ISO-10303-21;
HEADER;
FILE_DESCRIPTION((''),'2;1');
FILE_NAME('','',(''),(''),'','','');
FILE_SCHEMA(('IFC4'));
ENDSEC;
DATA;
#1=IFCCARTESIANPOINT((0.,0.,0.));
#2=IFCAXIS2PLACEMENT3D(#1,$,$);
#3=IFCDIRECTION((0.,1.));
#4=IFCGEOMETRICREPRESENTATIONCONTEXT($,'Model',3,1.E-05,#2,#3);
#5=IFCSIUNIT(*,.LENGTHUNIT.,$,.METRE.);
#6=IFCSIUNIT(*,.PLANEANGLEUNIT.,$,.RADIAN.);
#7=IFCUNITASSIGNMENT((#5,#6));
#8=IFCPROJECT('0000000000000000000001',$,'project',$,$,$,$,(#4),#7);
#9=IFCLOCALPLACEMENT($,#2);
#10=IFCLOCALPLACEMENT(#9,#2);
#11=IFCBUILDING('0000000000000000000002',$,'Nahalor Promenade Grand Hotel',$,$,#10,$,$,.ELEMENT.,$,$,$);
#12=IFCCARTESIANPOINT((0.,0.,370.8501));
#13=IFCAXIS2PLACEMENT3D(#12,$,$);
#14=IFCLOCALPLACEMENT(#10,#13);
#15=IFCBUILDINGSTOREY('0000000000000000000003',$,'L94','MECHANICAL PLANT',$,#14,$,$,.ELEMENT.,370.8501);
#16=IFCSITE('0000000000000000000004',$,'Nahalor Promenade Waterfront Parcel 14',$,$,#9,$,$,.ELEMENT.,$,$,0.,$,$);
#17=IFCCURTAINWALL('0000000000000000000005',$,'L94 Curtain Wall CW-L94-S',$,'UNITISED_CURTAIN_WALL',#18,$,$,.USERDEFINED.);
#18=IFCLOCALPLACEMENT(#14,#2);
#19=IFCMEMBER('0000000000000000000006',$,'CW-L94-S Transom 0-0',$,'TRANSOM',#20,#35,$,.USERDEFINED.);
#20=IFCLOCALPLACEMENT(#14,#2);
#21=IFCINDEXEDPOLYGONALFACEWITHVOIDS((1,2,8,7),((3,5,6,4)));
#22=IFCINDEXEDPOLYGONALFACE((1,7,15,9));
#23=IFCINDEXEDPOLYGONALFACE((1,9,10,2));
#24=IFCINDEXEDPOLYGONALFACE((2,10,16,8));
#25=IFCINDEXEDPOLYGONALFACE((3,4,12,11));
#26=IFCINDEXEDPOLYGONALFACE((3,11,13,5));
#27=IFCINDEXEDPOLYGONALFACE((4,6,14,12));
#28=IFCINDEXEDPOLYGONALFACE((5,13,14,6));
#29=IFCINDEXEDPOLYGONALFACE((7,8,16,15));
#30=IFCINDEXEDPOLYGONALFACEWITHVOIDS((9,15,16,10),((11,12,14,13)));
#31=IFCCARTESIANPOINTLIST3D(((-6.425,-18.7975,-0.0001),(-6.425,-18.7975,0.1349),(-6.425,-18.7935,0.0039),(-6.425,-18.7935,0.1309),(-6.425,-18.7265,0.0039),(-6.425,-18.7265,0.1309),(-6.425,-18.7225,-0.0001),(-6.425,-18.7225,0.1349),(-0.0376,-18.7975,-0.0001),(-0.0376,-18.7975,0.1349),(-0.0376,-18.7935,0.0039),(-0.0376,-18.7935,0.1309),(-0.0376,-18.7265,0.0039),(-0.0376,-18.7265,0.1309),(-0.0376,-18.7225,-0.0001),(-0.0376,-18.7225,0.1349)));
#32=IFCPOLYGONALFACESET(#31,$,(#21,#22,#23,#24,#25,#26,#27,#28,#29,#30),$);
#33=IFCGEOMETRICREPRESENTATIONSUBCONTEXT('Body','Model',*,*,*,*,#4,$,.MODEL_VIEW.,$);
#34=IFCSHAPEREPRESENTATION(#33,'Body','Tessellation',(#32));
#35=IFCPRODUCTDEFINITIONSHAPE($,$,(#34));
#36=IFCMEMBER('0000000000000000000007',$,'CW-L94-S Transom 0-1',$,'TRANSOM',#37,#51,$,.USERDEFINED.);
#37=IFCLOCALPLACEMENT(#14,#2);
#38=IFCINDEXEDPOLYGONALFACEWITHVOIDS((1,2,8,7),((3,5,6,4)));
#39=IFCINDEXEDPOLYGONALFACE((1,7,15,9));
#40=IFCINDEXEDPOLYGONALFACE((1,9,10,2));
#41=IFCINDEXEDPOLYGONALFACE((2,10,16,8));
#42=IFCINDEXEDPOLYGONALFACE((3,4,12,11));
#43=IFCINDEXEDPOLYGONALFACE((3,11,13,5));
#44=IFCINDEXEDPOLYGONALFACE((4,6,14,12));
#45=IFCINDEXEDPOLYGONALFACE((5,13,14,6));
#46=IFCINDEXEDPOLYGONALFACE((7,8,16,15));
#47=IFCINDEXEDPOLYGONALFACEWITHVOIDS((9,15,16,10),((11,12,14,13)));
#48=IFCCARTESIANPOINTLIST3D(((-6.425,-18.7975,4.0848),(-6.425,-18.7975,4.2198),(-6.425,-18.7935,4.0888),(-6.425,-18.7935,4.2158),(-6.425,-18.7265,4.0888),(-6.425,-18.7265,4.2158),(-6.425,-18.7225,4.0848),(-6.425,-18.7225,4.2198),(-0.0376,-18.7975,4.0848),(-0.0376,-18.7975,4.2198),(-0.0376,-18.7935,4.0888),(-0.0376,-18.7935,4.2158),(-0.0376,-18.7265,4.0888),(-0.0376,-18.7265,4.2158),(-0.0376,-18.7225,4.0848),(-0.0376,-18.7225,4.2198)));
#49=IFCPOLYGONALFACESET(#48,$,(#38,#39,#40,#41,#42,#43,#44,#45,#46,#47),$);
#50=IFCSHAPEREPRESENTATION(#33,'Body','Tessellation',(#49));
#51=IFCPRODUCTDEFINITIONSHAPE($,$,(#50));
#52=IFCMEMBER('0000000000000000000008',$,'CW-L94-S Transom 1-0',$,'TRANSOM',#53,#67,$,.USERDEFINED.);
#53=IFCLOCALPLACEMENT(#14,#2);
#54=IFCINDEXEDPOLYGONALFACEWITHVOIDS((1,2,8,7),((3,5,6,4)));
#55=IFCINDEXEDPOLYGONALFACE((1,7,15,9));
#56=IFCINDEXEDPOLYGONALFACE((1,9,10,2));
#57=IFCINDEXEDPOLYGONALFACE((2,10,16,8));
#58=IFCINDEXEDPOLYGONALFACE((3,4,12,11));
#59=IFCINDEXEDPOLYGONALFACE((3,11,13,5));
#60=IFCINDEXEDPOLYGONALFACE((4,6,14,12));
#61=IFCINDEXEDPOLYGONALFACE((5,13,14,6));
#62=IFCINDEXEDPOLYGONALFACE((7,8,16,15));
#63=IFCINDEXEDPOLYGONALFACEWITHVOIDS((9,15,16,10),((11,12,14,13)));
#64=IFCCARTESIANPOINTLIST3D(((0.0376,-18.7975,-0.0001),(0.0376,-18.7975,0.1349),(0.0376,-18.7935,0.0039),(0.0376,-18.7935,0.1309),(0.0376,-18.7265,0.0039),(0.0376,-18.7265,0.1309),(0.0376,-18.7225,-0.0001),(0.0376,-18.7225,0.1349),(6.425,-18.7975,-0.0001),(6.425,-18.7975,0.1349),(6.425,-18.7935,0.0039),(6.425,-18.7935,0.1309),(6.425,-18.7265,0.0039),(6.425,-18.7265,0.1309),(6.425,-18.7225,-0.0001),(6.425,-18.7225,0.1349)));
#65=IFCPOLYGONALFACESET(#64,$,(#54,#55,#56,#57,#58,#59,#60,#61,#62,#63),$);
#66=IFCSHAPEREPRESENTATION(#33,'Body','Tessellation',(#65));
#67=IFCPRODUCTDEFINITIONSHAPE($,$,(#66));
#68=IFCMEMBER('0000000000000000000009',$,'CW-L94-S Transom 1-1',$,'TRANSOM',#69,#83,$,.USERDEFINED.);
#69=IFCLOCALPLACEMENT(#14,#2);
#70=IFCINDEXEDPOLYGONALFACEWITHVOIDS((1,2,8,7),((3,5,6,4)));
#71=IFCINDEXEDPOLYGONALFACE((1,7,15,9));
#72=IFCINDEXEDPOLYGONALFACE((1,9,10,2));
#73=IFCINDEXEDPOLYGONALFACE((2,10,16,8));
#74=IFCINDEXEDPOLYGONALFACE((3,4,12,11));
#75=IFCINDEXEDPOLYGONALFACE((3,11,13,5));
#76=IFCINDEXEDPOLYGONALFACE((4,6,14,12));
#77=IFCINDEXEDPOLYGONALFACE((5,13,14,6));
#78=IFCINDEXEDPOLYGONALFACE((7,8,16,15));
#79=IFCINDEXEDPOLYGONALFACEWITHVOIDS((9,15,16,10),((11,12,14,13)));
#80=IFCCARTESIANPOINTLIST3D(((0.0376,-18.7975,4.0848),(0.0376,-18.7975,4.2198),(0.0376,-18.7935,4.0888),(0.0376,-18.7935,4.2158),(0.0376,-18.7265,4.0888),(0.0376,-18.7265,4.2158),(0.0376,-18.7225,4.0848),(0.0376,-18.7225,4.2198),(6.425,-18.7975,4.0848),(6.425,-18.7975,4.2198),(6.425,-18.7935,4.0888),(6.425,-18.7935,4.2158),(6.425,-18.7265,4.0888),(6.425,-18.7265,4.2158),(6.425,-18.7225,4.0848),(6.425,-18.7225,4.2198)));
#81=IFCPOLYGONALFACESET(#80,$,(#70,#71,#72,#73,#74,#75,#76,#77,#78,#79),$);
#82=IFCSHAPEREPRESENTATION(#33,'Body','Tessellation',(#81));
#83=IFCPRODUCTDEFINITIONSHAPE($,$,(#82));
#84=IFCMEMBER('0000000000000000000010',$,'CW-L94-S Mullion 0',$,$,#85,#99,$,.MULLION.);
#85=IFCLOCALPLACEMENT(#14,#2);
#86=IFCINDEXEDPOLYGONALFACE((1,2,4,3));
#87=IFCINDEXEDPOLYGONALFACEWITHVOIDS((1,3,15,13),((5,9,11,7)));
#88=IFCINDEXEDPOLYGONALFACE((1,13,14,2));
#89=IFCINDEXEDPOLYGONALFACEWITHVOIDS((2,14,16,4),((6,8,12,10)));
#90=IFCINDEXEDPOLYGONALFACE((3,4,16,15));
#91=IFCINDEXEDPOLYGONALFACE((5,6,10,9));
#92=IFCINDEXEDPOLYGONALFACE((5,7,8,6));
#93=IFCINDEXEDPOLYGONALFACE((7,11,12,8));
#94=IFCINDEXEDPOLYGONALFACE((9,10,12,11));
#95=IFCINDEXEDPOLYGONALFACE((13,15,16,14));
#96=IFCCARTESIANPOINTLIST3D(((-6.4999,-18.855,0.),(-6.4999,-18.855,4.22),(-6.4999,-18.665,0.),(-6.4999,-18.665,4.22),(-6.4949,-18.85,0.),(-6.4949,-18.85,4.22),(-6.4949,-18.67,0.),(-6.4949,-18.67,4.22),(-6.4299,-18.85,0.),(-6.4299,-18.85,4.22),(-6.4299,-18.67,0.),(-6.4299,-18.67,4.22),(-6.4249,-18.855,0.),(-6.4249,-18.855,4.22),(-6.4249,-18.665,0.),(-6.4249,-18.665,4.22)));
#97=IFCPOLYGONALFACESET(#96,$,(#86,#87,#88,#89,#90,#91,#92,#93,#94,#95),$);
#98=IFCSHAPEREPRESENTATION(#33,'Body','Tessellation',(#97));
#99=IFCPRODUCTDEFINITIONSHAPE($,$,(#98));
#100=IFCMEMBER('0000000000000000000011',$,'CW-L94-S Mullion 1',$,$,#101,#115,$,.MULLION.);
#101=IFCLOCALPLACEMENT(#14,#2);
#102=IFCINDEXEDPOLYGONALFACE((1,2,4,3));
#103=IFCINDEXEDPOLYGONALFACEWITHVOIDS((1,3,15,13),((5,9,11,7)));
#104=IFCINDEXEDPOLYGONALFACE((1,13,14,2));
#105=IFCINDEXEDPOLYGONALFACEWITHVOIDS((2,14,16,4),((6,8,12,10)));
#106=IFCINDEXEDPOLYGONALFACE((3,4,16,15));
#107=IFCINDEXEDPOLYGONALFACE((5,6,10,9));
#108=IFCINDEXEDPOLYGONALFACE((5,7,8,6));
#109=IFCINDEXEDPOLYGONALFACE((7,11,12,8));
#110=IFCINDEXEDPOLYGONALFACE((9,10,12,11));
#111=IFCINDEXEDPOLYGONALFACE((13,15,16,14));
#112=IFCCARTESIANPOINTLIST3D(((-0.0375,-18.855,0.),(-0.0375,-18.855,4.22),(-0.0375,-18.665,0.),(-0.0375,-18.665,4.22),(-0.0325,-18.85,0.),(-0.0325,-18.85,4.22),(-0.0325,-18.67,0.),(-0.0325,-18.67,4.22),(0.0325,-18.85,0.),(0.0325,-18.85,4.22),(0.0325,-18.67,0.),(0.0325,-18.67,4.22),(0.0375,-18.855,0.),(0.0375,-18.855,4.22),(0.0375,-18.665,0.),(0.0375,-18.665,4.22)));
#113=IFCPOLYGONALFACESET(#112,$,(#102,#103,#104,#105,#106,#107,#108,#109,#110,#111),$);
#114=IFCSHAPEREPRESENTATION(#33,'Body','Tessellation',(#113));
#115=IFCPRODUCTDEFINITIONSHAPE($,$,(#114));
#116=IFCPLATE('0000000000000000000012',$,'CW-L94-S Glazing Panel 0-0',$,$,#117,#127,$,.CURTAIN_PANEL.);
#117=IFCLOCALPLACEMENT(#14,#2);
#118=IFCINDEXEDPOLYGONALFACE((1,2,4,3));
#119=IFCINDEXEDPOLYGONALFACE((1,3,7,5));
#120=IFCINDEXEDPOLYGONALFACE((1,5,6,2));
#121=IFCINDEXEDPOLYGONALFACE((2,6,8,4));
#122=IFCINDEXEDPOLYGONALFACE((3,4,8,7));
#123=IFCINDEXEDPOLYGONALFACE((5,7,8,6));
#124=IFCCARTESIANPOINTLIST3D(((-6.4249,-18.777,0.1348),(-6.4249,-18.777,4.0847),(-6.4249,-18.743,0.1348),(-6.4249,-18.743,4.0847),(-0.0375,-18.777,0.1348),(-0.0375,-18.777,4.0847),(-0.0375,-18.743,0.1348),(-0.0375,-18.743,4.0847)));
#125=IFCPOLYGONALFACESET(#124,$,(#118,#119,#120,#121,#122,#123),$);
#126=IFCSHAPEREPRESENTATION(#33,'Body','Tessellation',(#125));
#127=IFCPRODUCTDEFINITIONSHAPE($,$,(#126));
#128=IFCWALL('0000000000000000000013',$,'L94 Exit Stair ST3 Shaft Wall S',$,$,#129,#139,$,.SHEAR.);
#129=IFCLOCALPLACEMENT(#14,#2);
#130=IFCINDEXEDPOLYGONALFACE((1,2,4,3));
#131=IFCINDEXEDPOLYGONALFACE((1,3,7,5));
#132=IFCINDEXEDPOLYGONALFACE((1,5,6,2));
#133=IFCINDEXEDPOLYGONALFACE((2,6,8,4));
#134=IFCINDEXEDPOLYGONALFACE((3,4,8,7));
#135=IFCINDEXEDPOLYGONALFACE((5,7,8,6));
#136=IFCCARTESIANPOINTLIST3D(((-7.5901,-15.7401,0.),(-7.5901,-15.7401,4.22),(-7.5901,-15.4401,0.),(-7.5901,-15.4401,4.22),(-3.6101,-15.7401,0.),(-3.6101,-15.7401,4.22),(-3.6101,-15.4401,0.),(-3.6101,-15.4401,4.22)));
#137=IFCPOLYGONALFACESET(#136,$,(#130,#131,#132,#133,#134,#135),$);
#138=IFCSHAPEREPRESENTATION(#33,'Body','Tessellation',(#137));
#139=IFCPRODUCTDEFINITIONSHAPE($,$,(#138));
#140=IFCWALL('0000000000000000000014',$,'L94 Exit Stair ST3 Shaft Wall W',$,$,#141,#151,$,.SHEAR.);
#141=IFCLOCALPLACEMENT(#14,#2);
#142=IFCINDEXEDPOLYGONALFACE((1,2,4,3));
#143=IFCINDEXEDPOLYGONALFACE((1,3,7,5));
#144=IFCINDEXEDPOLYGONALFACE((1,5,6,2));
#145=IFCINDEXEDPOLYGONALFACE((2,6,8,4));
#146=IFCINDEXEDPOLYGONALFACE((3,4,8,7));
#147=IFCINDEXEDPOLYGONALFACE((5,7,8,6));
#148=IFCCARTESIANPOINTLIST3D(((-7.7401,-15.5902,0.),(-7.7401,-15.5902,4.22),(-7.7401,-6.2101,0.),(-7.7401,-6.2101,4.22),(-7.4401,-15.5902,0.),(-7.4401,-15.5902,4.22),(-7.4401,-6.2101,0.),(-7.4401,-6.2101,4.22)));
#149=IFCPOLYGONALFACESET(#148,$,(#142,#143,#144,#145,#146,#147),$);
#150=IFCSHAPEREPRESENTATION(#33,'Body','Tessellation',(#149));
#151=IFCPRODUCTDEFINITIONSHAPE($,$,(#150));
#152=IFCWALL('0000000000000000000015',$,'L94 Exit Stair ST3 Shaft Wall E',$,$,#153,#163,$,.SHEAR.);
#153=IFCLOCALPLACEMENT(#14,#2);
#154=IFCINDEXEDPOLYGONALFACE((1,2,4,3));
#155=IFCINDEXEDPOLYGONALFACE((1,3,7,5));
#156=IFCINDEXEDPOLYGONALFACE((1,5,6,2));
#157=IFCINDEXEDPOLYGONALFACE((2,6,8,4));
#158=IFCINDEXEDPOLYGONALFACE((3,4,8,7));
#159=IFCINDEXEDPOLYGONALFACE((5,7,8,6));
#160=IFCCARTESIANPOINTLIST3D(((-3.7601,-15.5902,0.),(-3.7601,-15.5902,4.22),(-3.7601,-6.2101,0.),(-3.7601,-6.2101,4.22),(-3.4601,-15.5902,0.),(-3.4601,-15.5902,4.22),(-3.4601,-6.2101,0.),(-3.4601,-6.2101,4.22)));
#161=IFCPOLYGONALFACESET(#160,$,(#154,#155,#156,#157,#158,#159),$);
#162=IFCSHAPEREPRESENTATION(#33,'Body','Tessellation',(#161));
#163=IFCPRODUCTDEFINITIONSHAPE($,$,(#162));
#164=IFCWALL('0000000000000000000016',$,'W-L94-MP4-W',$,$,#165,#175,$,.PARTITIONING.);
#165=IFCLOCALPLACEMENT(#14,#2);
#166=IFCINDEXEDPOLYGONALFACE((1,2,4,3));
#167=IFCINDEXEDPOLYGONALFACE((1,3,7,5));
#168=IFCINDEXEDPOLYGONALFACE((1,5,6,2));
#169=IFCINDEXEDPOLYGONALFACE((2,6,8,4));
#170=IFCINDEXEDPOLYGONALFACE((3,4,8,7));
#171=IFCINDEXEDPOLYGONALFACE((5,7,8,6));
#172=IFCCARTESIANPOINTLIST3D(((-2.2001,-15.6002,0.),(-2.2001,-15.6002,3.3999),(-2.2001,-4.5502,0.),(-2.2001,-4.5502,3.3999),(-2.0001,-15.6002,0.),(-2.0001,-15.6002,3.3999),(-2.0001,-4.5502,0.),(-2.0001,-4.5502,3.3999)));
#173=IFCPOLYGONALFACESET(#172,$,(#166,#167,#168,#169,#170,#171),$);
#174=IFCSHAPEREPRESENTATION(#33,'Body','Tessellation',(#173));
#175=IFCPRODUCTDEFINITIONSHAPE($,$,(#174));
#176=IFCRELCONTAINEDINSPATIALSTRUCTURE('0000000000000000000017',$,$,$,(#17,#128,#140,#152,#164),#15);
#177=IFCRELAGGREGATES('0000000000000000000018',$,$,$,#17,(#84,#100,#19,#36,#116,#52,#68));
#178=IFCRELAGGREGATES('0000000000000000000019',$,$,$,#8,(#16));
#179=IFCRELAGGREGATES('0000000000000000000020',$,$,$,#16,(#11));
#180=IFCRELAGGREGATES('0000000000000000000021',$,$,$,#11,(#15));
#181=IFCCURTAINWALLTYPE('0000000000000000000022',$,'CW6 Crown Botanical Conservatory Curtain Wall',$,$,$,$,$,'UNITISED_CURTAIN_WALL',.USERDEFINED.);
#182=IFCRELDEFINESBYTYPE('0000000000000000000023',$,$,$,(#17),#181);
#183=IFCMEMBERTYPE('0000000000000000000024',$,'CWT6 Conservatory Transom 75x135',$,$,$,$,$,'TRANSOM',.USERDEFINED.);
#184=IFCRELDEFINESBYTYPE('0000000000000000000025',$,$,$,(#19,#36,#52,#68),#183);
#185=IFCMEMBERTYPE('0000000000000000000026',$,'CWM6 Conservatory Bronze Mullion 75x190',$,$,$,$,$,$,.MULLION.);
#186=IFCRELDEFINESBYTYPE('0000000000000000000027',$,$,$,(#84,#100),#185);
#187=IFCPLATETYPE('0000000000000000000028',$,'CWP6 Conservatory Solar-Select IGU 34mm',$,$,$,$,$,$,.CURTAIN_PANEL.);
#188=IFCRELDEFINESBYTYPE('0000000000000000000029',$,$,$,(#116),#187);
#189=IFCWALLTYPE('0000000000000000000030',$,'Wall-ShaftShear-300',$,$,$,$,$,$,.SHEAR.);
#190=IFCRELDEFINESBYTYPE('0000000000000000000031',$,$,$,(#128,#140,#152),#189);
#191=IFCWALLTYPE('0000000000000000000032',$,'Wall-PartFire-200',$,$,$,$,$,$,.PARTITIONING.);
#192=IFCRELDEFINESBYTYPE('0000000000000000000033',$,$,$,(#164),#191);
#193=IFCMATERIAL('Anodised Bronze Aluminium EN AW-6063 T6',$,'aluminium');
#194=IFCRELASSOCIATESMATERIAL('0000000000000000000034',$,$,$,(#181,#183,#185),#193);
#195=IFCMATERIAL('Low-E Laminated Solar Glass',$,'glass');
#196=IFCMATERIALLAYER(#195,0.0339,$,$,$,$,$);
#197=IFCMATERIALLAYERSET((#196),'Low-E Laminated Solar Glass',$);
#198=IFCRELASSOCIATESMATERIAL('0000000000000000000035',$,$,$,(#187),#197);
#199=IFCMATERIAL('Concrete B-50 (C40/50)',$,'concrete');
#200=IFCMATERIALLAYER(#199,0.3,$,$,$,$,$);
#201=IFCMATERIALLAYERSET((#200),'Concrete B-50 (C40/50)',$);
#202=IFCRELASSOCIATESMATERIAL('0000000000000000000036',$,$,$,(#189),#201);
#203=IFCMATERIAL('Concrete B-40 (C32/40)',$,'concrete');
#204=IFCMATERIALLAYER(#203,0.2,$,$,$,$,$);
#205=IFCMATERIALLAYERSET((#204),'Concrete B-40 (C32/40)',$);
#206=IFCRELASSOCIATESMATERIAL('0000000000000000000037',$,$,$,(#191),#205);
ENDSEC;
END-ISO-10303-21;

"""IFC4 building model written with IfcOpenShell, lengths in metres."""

from ifc_helpers import new_model, si_unit, direction, frame, frame_2d, origin, origin_2d, place, context, subcontext, project, spatial, rectangle, hollow_rectangle, extrude, source, transform, mapped, material, layer, layer_set, material_profile, profile_set, type_object, element, aggregate, save


model = new_model("IFC4")

# Units and contexts
model_context = context("Model", 3, precision=1e-05, world=origin(), true_north=direction((0.0, 1.0)))
body_context = subcontext(model_context, "Body", "Model", "MODEL_VIEW")
ifc_project = project(units=[si_unit("LENGTHUNIT", "METRE"), si_unit("PLANEANGLEUNIT", "RADIAN")], contexts=[model_context])

# Site, building, storey
site_placement = place(None, origin())
site = spatial("IfcSite", under=ifc_project, at=site_placement, Name="Nahalor Promenade Waterfront Parcel 14", CompositionType="ELEMENT", RefElevation=0.0)
building_placement = place(site_placement, origin())
building = spatial("IfcBuilding", under=site, at=building_placement, Name="Nahalor Promenade Grand Hotel", CompositionType="ELEMENT")
storey_placement = place(building_placement, frame((0.0, 0.0, 370.8501)))
storey = spatial("IfcBuildingStorey", under=building, at=storey_placement, Name="L94", Description="MECHANICAL PLANT", CompositionType="ELEMENT", Elevation=370.8501)

# Shared definitions
ifc_material_1 = material(Name="Concrete B-50 (C40/50)", Category="concrete")

# Curtain wall, members, plate
ifc_material_2 = material(Name="Anodised Bronze Aluminium EN AW-6063 T6", Category="aluminium")
curtain_wall_type = type_object("IfcCurtainWallType", Name="CW6 Crown Botanical Conservatory Curtain Wall", ElementType="UNITISED_CURTAIN_WALL", PredefinedType="USERDEFINED", material=ifc_material_2)
curtain_wall_placement = place(storey_placement, origin())
curtain_wall = element("IfcCurtainWall", 1, at=curtain_wall_placement, inside=storey, type_object=curtain_wall_type, Name="L94 Curtain Wall CW-L94-S", ObjectType="UNITISED_CURTAIN_WALL", PredefinedType="USERDEFINED")
ifc_material_profile_1 = material_profile(ifc_material_2, hollow_rectangle(XDim=0.075, YDim=0.135, WallThickness=0.004, at=origin_2d()), Name="CWT 75x135x4")
ifc_profile_set_1 = profile_set([ifc_material_profile_1], Name="Anodised Bronze Aluminium EN AW-6063 T6")
member_type_1 = type_object("IfcMemberType", Name="CWT6 Conservatory Transom 75x135", ElementType="TRANSOM", PredefinedType="USERDEFINED", material=ifc_profile_set_1)
shared_shape_1 = source(origin(), body_context, "Body", "SweptSolid", [
    extrude(hollow_rectangle(XDim=0.075, YDim=0.135, WallThickness=0.004, at=origin_2d()), origin(), (0.0, 0.0, 1.0), 6.3875),
])
member_1_placement = place(storey_placement, frame((-6.425, -18.76, 0.0674), z_axis=(1.0, 0.0, 0.0), x_axis=(0.0, 1.0, 0.0)))
member_1 = element("IfcMember", 2, at=member_1_placement, type_object=member_type_1, Name="CW-L94-S Transom 0-0", ObjectType="TRANSOM", PredefinedType="USERDEFINED", context=body_context, shape_type="MappedRepresentation", body=[
    mapped(shared_shape_1, transform((0.0, 0.0, 0.0), scale=1.0)),
])
member_2_placement = place(storey_placement, frame((-6.425, -18.76, 4.1523), z_axis=(1.0, 0.0, 0.0), x_axis=(0.0, 1.0, 0.0)))
member_2 = element("IfcMember", 3, at=member_2_placement, type_object=member_type_1, Name="CW-L94-S Transom 0-1", ObjectType="TRANSOM", PredefinedType="USERDEFINED", context=body_context, shape_type="MappedRepresentation", body=[
    mapped(shared_shape_1, transform((0.0, 0.0, 0.0), scale=1.0)),
])
member_3_placement = place(storey_placement, frame((0.0376, -18.76, 0.0674), z_axis=(1.0, 0.0, 0.0), x_axis=(0.0, 1.0, 0.0)))
member_3 = element("IfcMember", 4, at=member_3_placement, type_object=member_type_1, Name="CW-L94-S Transom 1-0", ObjectType="TRANSOM", PredefinedType="USERDEFINED", context=body_context, shape_type="MappedRepresentation", body=[
    mapped(shared_shape_1, transform((0.0, 0.0, 0.0), scale=1.0)),
])
member_4_placement = place(storey_placement, frame((0.0376, -18.76, 4.1523), z_axis=(1.0, 0.0, 0.0), x_axis=(0.0, 1.0, 0.0)))
member_4 = element("IfcMember", 5, at=member_4_placement, type_object=member_type_1, Name="CW-L94-S Transom 1-1", ObjectType="TRANSOM", PredefinedType="USERDEFINED", context=body_context, shape_type="MappedRepresentation", body=[
    mapped(shared_shape_1, transform((0.0, 0.0, 0.0), scale=1.0)),
])
ifc_material_profile_2 = material_profile(ifc_material_2, hollow_rectangle(XDim=0.075, YDim=0.19, WallThickness=0.005, at=origin_2d()), Name="CWM 75x190x5")
ifc_profile_set_2 = profile_set([ifc_material_profile_2], Name="Anodised Bronze Aluminium EN AW-6063 T6")
member_type_2 = type_object("IfcMemberType", Name="CWM6 Conservatory Bronze Mullion 75x190", PredefinedType="MULLION", material=ifc_profile_set_2)
shared_shape_2 = source(origin(), body_context, "Body", "SweptSolid", [
    extrude(hollow_rectangle(XDim=0.075, YDim=0.19, WallThickness=0.005, at=origin_2d()), origin(), (0.0, 0.0, 1.0), 4.22),
])
member_5_placement = place(storey_placement, frame((-6.4624, -18.76, 0.0), z_axis=(0.0, 0.0, 1.0), x_axis=(1.0, 0.0, 0.0)))
member_5 = element("IfcMember", 6, at=member_5_placement, type_object=member_type_2, Name="CW-L94-S Mullion 0", PredefinedType="MULLION", context=body_context, shape_type="MappedRepresentation", body=[
    mapped(shared_shape_2, transform((0.0, 0.0, 0.0), scale=1.0)),
])
member_6_placement = place(storey_placement, frame((0.0, -18.76, 0.0), z_axis=(0.0, 0.0, 1.0), x_axis=(1.0, 0.0, 0.0)))
member_6 = element("IfcMember", 7, at=member_6_placement, type_object=member_type_2, Name="CW-L94-S Mullion 1", PredefinedType="MULLION", context=body_context, shape_type="MappedRepresentation", body=[
    mapped(shared_shape_2, transform((0.0, 0.0, 0.0), scale=1.0)),
])
ifc_material_3 = material(Name="Low-E Laminated Solar Glass", Category="glass")
ifc_layer_1 = layer(ifc_material_3, 0.0339)
ifc_layer_set_1 = layer_set([ifc_layer_1], Name="Low-E Laminated Solar Glass")
plate_type = type_object("IfcPlateType", Name="CWP6 Conservatory Solar-Select IGU 34mm", PredefinedType="CURTAIN_PANEL", material=ifc_layer_set_1)
shared_shape_3 = source(origin(), body_context, "Body", "SweptSolid", [
    extrude(rectangle(XDim=6.3875, YDim=0.0339, at=origin_2d()), origin(), (0.0, 0.0, 1.0), 3.95),
])
plate_placement = place(storey_placement, frame((-3.2312, -18.76, 0.1348), z_axis=(0.0, 0.0, 1.0), x_axis=(1.0, 0.0, 0.0)))
plate = element("IfcPlate", 8, at=plate_placement, type_object=plate_type, Name="CW-L94-S Glazing Panel 0-0", PredefinedType="CURTAIN_PANEL", context=body_context, shape_type="MappedRepresentation", body=[
    mapped(shared_shape_3, transform((0.0, 0.0, 0.0), scale=1.0)),
])
aggregate(curtain_wall, [member_5, member_6, member_1, member_2, plate, member_3, member_4])

# Wall
ifc_layer_2 = layer(ifc_material_1, 0.3)
ifc_layer_set_2 = layer_set([ifc_layer_2], Name="Concrete B-50 (C40/50)")
wall_type_1 = type_object("IfcWallType", Name="Wall-ShaftShear-300", PredefinedType="SHEAR", material=ifc_layer_set_2)
shared_shape_4 = source(origin(), body_context, "Body", "SweptSolid", [
    extrude(rectangle(XDim=3.98, YDim=0.3, at=frame_2d((1.99, 0.0))), origin(), (0.0, 0.0, 1.0), 4.22),
])
wall_1_placement = place(storey_placement, frame((-7.5901, -15.5901, 0.0), z_axis=(0.0, 0.0, 1.0), x_axis=(1.0, 0.0, 0.0)))
element("IfcWall", 9, at=wall_1_placement, inside=storey, type_object=wall_type_1, Name="L94 Exit Stair ST3 Shaft Wall S", PredefinedType="SHEAR", context=body_context, shape_type="MappedRepresentation", body=[
    mapped(shared_shape_4, transform((0.0, 0.0, 0.0), scale=1.0)),
])

# Walls
shared_shape_5 = source(origin(), body_context, "Body", "SweptSolid", [
    extrude(rectangle(XDim=9.3801, YDim=0.3, at=frame_2d((4.6899, 0.0))), origin(), (0.0, 0.0, 1.0), 4.22),
])
for number, where, z_axis, x_axis, name in (
    (10, (-7.5901, -15.5901, 0.0), (0.0, 0.0, 1.0), (0.0, 1.0, 0.0), "L94 Exit Stair ST3 Shaft Wall W"),
    (11, (-3.6101, -15.5901, 0.0), (0.0, 0.0, 1.0), (0.0, 1.0, 0.0), "L94 Exit Stair ST3 Shaft Wall E"),
):
    element("IfcWall", number, at=place(storey_placement, frame(where, z_axis=z_axis, x_axis=x_axis)), inside=storey, type_object=wall_type_1, Name=name, PredefinedType="SHEAR", context=body_context, shape_type="MappedRepresentation", body=[
        mapped(shared_shape_5, transform((0.0, 0.0, 0.0), scale=1.0)),
    ])
ifc_material_4 = material(Name="Concrete B-40 (C32/40)", Category="concrete")
ifc_layer_3 = layer(ifc_material_4, 0.2)
ifc_layer_set_3 = layer_set([ifc_layer_3], Name="Concrete B-40 (C32/40)")
wall_type_2 = type_object("IfcWallType", Name="Wall-PartFire-200", PredefinedType="PARTITIONING", material=ifc_layer_set_3)
shared_shape_6 = source(origin(), body_context, "Body", "SweptSolid", [
    extrude(rectangle(XDim=11.05, YDim=0.2, at=frame_2d((5.5249, 0.0))), origin(), (0.0, 0.0, 1.0), 3.3999),
])
wall_2_placement = place(storey_placement, frame((-2.1001, -15.6001, 0.0), z_axis=(0.0, 0.0, 1.0), x_axis=(0.0, 1.0, 0.0)))
element("IfcWall", 12, at=wall_2_placement, inside=storey, type_object=wall_type_2, Name="W-L94-MP4-W", PredefinedType="PARTITIONING", context=body_context, shape_type="MappedRepresentation", body=[
    mapped(shared_shape_6, transform((0.0, 0.0, 0.0), scale=1.0)),
])

save(model, "model.ifc")
